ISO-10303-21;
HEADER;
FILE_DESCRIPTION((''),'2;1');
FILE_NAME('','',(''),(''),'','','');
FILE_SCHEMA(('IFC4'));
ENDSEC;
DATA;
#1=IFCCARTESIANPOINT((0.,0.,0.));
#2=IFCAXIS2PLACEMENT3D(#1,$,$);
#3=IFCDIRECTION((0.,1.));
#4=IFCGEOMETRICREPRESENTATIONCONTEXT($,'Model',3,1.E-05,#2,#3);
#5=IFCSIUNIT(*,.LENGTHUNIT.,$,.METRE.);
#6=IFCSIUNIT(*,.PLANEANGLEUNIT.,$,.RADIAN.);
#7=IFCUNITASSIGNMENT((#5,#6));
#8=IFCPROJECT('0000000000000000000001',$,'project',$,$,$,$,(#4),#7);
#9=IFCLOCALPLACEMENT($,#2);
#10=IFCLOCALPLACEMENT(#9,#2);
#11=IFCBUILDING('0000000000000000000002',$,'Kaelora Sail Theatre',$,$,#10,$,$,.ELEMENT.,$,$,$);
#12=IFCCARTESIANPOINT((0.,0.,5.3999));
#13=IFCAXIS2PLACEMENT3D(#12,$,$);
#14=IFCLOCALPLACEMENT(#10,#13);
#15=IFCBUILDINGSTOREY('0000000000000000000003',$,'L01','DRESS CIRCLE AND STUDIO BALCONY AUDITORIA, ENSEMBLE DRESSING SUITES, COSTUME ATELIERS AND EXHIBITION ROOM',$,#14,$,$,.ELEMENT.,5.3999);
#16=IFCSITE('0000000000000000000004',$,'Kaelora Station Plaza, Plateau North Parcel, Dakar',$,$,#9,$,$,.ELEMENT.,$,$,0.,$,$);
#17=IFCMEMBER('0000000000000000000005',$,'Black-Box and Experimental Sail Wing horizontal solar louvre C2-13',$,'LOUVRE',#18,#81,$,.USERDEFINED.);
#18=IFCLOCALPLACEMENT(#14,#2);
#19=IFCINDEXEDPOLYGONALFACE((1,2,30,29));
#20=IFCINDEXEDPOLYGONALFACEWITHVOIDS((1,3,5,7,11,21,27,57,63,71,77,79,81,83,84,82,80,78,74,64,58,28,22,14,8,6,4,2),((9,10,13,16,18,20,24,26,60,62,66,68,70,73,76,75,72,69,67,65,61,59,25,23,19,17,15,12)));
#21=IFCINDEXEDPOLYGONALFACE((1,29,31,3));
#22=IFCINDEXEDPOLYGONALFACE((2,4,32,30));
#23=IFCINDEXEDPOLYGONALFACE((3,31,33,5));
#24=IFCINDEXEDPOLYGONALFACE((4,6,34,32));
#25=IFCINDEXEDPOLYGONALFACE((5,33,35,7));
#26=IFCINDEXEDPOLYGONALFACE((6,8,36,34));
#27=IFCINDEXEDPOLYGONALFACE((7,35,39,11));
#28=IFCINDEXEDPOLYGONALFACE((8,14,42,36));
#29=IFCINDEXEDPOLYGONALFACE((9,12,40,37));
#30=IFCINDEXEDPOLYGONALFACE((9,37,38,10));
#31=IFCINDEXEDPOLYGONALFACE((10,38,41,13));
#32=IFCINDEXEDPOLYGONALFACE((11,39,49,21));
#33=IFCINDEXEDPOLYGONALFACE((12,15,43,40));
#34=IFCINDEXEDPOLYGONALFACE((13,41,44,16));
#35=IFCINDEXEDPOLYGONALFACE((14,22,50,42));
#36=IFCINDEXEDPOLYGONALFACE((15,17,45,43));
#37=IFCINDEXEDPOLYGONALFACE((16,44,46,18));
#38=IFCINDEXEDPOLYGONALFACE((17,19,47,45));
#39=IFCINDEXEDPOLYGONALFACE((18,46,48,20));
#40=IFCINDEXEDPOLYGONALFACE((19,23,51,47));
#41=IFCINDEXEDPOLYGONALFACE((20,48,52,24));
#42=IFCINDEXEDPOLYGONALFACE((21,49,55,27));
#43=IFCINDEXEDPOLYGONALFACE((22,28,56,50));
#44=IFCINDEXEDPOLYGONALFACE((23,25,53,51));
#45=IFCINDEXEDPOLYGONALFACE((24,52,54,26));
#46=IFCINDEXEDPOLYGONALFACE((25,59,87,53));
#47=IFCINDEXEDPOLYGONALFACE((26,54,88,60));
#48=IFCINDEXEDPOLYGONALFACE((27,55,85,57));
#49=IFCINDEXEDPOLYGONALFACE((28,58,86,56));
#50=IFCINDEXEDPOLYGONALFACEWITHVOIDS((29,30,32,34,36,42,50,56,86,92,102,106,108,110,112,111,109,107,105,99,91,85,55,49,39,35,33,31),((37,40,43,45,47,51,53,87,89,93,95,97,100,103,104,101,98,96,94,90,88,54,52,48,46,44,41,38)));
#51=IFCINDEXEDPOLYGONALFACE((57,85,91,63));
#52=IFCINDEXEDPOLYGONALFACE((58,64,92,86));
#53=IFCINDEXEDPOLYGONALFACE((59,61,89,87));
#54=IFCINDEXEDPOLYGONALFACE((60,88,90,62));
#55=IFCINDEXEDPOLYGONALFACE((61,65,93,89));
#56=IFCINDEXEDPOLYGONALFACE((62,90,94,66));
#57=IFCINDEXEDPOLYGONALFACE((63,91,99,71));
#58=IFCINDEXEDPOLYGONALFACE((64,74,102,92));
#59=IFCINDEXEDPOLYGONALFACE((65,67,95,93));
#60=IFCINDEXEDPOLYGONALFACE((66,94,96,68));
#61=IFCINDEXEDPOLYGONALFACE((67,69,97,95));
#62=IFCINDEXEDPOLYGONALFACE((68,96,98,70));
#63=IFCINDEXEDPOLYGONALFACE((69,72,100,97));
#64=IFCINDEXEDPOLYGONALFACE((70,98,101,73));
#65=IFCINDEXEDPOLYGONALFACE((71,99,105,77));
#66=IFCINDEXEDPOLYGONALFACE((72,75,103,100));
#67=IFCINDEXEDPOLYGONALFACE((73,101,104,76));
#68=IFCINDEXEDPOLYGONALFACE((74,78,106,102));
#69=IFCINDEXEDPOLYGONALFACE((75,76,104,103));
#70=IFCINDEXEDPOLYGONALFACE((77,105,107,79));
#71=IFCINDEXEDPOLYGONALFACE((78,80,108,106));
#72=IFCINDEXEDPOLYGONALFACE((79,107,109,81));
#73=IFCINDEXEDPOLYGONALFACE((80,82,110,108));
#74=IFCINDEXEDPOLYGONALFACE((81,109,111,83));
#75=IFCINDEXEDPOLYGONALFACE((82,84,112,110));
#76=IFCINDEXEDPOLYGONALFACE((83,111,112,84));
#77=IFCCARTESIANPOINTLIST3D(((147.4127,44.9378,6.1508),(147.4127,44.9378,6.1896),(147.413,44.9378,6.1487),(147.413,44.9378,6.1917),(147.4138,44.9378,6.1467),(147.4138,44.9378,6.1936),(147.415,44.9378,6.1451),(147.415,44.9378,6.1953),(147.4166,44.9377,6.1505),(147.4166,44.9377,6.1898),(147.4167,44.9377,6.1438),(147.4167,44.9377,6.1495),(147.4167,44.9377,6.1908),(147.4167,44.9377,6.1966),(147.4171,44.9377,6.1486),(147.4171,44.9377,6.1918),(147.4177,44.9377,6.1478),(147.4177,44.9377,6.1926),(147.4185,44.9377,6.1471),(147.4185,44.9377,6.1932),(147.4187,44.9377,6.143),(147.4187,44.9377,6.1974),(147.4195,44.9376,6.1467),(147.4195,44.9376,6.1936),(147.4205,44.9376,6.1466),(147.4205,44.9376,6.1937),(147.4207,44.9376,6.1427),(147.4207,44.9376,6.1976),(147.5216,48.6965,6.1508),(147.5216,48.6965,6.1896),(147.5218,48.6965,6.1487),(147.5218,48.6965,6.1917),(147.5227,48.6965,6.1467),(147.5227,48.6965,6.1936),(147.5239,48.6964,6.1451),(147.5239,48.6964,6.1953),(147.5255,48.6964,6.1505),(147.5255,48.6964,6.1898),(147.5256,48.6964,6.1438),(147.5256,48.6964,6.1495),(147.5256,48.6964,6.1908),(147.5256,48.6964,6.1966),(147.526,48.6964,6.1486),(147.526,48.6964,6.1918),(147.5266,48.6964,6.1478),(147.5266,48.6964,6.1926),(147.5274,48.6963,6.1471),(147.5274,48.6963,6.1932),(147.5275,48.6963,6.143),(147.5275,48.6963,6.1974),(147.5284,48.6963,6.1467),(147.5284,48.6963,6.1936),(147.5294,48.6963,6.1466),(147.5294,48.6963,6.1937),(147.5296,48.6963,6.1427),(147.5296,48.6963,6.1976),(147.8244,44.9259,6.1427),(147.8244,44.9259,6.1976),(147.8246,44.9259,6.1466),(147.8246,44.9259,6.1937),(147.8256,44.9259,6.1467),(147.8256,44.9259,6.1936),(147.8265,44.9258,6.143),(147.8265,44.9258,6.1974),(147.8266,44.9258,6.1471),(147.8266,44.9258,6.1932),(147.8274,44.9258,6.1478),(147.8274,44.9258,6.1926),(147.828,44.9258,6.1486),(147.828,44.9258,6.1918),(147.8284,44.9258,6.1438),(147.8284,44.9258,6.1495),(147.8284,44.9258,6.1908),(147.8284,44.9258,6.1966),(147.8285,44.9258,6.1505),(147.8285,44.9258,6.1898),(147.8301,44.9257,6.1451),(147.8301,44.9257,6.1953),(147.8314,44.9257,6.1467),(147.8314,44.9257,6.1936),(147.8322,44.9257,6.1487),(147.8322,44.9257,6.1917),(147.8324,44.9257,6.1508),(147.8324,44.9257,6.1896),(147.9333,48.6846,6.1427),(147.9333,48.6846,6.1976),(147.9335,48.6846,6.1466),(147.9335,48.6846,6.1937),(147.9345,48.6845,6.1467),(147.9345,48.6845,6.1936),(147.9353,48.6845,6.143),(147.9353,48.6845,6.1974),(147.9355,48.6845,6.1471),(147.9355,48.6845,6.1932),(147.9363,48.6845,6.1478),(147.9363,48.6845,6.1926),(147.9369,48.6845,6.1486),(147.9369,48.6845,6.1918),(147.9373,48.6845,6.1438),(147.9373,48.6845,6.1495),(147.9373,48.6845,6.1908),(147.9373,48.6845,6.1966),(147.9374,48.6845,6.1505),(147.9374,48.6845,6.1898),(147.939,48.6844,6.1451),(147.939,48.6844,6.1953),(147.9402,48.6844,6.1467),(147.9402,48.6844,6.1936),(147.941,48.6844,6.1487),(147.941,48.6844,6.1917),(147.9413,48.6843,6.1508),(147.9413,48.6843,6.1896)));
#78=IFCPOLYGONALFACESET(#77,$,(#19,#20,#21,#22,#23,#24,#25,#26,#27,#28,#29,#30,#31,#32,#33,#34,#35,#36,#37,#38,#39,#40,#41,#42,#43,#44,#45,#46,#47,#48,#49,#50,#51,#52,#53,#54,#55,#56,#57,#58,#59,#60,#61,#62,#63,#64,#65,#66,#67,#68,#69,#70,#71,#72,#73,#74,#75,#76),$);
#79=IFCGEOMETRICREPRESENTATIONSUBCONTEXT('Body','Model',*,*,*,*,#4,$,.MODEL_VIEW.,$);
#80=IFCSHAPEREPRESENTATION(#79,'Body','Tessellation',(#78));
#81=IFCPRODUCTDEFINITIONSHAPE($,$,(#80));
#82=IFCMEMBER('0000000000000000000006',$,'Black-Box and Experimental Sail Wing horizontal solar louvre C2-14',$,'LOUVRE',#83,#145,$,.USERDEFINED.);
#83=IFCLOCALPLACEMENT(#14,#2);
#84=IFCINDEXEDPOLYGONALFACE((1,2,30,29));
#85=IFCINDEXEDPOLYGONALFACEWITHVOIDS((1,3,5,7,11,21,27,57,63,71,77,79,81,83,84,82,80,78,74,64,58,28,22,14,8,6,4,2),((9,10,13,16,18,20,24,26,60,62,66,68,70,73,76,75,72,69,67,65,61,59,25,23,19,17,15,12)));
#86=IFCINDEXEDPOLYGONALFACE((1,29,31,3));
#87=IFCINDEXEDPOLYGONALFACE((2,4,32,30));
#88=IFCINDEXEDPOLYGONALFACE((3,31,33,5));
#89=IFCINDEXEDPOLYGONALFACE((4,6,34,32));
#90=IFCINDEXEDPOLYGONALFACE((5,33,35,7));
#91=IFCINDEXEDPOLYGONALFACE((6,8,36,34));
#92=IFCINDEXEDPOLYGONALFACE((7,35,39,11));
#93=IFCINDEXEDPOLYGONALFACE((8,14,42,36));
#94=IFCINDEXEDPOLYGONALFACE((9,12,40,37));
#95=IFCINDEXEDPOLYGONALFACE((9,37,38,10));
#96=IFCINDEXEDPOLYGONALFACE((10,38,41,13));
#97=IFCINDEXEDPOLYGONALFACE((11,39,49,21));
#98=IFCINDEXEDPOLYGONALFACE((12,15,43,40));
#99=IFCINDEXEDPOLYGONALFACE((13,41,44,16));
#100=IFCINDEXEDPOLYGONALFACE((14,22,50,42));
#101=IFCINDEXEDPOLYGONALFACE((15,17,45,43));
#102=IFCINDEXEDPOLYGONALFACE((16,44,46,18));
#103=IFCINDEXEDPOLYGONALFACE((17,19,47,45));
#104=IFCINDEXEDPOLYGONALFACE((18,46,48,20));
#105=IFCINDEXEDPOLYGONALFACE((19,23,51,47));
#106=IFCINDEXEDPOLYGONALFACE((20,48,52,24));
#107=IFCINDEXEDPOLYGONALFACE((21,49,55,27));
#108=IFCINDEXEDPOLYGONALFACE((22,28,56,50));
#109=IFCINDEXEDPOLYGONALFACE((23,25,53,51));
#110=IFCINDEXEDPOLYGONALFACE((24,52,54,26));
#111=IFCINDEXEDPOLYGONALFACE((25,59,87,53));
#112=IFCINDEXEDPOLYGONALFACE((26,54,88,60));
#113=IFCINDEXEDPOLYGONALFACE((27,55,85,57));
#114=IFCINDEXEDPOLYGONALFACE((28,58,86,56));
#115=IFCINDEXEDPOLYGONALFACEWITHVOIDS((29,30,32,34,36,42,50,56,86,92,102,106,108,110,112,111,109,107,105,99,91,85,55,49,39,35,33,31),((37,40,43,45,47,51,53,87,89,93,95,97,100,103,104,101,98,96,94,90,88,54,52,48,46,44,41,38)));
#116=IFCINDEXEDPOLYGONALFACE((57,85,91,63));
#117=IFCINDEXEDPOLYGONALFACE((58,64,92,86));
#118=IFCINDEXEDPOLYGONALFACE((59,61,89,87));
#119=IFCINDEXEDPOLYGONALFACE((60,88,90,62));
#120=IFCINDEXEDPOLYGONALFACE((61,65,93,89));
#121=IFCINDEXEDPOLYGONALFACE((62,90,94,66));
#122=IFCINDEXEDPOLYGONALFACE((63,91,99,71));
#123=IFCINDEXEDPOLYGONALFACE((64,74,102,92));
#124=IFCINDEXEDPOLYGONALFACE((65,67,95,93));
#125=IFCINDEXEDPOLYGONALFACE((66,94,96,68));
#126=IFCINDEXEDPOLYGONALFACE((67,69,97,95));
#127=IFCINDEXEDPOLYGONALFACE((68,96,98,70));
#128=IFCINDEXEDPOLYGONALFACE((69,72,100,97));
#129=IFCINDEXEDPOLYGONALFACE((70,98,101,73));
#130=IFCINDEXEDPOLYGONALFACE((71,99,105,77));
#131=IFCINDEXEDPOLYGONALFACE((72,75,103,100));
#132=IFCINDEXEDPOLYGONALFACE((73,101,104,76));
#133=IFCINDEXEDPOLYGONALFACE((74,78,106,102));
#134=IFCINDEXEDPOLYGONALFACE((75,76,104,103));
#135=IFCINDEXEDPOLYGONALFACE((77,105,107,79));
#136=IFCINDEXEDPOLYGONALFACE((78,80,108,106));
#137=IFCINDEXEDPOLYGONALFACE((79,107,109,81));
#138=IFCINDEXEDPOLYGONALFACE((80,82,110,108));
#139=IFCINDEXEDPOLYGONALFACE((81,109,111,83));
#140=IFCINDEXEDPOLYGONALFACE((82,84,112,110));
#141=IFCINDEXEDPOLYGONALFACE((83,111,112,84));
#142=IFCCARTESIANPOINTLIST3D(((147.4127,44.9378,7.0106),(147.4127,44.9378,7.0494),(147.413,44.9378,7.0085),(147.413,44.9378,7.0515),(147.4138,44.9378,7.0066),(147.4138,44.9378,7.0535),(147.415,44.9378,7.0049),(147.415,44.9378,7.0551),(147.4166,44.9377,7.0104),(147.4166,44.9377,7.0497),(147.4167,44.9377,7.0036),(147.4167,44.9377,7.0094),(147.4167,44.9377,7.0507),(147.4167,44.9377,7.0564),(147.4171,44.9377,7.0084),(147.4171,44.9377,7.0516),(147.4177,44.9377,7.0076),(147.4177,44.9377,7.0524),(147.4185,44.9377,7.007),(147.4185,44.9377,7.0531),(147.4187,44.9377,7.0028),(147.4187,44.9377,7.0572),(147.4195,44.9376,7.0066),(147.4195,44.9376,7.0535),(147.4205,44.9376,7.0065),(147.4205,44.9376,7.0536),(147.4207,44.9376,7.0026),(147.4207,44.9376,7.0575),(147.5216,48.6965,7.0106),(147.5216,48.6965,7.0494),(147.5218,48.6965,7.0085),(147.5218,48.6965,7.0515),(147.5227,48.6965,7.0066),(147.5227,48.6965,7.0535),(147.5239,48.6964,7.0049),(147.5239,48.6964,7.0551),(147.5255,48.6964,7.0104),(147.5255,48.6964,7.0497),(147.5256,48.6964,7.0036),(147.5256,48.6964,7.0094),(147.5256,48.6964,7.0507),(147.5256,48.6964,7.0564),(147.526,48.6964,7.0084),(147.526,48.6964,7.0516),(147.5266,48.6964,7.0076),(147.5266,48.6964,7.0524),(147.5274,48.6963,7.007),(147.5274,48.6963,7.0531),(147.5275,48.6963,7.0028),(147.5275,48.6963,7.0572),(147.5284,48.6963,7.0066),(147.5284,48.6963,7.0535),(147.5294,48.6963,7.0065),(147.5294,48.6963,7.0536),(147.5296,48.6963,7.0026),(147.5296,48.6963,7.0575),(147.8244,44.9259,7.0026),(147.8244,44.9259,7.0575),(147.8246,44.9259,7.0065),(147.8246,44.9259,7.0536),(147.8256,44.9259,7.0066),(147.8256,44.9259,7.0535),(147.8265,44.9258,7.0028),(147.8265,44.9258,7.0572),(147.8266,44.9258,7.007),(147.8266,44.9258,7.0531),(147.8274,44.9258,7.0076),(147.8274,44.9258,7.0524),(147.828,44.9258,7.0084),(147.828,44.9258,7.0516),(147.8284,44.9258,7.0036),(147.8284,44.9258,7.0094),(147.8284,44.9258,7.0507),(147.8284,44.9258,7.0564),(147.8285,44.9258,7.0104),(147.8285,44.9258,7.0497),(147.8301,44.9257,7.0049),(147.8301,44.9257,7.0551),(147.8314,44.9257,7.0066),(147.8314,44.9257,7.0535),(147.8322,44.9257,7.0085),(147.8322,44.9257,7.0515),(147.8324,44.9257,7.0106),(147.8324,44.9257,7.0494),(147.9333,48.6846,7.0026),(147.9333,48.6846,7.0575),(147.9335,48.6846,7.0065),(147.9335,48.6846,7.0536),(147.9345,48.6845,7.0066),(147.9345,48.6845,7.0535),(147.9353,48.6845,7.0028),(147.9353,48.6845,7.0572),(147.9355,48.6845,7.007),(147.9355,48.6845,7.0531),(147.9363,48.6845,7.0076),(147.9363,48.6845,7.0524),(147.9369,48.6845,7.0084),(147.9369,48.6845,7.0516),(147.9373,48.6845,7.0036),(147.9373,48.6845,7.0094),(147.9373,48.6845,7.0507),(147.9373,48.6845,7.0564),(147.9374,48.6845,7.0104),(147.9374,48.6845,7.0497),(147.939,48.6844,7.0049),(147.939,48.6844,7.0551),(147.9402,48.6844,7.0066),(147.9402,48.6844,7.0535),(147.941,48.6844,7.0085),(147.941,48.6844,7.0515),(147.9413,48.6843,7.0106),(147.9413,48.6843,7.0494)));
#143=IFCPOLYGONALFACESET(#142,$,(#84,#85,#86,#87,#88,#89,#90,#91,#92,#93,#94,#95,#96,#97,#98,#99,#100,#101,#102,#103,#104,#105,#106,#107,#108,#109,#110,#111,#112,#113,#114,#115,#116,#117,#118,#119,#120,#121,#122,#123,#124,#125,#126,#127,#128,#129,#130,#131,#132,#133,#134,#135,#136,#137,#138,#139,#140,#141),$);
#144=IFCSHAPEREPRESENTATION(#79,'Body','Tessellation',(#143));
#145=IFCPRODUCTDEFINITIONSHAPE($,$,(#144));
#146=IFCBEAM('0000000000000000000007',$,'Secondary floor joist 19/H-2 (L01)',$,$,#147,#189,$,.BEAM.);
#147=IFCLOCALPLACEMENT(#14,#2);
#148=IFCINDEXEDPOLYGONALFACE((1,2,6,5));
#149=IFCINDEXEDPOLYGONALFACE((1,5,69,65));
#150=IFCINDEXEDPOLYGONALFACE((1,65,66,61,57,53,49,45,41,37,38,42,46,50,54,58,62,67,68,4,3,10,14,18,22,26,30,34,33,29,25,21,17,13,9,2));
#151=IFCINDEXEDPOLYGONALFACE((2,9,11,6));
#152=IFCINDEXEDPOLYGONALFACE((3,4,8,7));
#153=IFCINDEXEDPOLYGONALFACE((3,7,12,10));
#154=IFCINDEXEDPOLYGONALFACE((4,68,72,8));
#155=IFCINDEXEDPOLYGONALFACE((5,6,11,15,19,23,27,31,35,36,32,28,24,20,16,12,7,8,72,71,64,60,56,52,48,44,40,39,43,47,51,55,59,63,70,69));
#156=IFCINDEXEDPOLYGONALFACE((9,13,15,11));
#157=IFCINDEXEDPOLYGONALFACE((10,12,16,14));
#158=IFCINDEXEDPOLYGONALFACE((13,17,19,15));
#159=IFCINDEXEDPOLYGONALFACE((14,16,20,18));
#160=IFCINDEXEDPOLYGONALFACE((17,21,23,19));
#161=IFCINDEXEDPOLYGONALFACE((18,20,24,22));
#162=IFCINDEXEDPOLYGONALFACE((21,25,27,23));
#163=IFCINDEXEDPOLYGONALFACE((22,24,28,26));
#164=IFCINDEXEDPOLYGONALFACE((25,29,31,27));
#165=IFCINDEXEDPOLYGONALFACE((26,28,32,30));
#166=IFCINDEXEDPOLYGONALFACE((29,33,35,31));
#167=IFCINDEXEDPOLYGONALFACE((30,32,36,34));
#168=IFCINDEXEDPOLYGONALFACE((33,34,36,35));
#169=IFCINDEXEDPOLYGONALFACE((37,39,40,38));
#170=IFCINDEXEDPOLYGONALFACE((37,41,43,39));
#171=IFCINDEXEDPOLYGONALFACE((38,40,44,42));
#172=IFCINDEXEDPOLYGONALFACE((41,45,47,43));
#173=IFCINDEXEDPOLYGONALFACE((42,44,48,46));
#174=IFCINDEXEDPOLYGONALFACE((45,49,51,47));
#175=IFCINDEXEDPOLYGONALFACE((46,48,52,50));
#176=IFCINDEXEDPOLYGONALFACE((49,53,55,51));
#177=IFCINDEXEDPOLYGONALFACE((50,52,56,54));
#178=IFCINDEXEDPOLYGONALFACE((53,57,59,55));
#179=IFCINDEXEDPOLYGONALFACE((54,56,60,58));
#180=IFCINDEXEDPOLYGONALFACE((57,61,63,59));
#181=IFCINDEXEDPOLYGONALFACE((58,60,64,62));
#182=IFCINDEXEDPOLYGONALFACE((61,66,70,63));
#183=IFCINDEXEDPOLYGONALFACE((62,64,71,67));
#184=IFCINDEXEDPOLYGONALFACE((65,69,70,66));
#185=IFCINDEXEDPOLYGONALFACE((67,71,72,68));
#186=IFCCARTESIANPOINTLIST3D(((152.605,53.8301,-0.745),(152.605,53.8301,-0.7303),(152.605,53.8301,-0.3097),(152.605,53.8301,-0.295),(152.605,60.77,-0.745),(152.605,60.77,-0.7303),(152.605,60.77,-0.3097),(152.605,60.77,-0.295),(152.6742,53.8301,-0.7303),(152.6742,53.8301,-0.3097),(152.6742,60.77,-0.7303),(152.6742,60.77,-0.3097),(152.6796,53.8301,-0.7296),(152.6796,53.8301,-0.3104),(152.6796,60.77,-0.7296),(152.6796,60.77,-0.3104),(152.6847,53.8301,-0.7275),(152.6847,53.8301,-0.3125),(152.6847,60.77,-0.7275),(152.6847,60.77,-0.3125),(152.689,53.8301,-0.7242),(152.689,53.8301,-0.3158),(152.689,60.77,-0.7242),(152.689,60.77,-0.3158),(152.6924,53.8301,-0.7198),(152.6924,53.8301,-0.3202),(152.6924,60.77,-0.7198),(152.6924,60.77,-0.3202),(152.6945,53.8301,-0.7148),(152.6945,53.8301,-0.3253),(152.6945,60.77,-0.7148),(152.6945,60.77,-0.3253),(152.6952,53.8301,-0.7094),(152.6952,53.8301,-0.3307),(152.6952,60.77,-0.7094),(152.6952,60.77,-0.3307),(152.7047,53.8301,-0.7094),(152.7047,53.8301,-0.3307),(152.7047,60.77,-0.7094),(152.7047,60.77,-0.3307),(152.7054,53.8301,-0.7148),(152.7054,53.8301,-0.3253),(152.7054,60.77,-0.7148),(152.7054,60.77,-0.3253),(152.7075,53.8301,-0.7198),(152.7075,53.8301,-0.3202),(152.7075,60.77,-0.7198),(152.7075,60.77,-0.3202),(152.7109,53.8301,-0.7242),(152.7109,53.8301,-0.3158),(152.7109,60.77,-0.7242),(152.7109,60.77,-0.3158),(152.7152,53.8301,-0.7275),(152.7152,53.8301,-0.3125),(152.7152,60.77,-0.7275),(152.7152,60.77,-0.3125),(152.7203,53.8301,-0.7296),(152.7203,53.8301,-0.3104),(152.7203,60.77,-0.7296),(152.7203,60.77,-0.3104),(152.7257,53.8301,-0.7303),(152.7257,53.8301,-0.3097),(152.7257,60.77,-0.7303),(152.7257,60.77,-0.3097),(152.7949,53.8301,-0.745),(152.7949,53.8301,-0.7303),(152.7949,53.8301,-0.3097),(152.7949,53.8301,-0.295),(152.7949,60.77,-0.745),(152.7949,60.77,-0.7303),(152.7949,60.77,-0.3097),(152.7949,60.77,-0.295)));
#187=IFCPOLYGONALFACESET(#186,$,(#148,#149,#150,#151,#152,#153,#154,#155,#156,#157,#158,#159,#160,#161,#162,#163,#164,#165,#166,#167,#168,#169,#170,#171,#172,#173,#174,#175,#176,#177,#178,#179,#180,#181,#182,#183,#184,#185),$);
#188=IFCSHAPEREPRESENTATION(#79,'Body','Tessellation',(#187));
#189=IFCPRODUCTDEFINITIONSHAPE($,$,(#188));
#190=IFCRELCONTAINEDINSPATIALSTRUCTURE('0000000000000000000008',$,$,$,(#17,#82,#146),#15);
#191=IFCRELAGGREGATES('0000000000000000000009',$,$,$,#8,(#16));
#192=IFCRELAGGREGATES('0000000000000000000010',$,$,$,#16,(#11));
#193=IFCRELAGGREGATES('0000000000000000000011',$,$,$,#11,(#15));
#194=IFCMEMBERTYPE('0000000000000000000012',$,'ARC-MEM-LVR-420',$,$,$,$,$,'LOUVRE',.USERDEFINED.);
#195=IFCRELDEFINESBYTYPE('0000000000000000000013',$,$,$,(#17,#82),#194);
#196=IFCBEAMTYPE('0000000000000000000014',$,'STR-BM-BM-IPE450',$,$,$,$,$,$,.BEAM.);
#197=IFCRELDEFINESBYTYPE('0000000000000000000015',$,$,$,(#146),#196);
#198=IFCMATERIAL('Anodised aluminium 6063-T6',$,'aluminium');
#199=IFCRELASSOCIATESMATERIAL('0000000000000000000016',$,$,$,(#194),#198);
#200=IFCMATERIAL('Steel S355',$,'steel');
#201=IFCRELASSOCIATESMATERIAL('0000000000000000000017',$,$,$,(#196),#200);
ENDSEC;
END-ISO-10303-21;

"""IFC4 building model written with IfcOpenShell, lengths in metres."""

from ifc_helpers import new_model, si_unit, direction, frame, origin, origin_2d, place, context, subcontext, project, spatial, hollow_rectangle, i_section, extrude, material, material_profile, profile_set, type_object, element, save


model = new_model("IFC4")

# Units and contexts
model_context = context("Model", 3, precision=1e-05, world=origin(), true_north=direction((0.0, 1.0)))
body_context = subcontext(model_context, "Body", "Model", "MODEL_VIEW")
ifc_project = project(units=[si_unit("LENGTHUNIT", "METRE"), si_unit("PLANEANGLEUNIT", "RADIAN")], contexts=[model_context])

# Site, building, storey
site_placement = place(None, origin())
site = spatial("IfcSite", under=ifc_project, at=site_placement, Name="Kaelora Station Plaza, Plateau North Parcel, Dakar", CompositionType="ELEMENT", RefElevation=0.0)
building_placement = place(site_placement, origin())
building = spatial("IfcBuilding", under=site, at=building_placement, Name="Kaelora Sail Theatre", CompositionType="ELEMENT")
storey_placement = place(building_placement, frame((0.0, 0.0, 5.3999)))
storey = spatial("IfcBuildingStorey", under=building, at=storey_placement, Name="L01", Description="DRESS CIRCLE AND STUDIO BALCONY AUDITORIA, ENSEMBLE DRESSING SUITES, COSTUME ATELIERS AND EXHIBITION ROOM", CompositionType="ELEMENT", Elevation=5.3999)

# Members
ifc_material_1 = material(Name="Anodised aluminium 6063-T6", Category="aluminium")
ifc_material_profile_1 = material_profile(ifc_material_1, hollow_rectangle(XDim=0.4199, YDim=0.0549, WallThickness=0.0039, InnerFilletRadius=0.0039, OuterFilletRadius=0.0081, at=origin_2d()), Name="LOUVRE 420x55x4")
ifc_profile_set_1 = profile_set([ifc_material_profile_1], Name="Anodised aluminium 6063-T6")
member_type = type_object("IfcMemberType", Name="ARC-MEM-LVR-420", ElementType="LOUVRE", PredefinedType="USERDEFINED", material=ifc_profile_set_1)
for number, where, z_axis, x_axis, name in (
    (1, (147.7314, 48.6904, 6.1702), (-0.028956, -0.999581, 0.0), (0.999581, -0.028956, 0.0), "Black-Box and Experimental Sail Wing horizontal solar louvre C2-13"),
    (2, (147.7314, 48.6904, 7.03), (-0.028956, -0.999581, 0.0), (0.999581, -0.028956, 0.0), "Black-Box and Experimental Sail Wing horizontal solar louvre C2-14"),
):
    element("IfcMember", number, at=place(storey_placement, frame(where, z_axis=z_axis, x_axis=x_axis)), inside=storey, type_object=member_type, Name=name, ObjectType="LOUVRE", PredefinedType="USERDEFINED", context=body_context, shape_type="SweptSolid", body=[
        extrude(hollow_rectangle(XDim=0.4199, YDim=0.0549, WallThickness=0.0039, InnerFilletRadius=0.0039, OuterFilletRadius=0.0081, at=origin_2d()), origin(), (0.0, 0.0, 1.0), 3.7603),
    ])

# Beam
ifc_material_2 = material(Name="Steel S355", Category="steel")
ifc_material_profile_2 = material_profile(ifc_material_2, i_section(OverallWidth=0.1899, OverallDepth=0.45, WebThickness=0.0095, FlangeThickness=0.0146, FilletRadius=0.021, at=origin_2d()), Name="IPE 450")
ifc_profile_set_2 = profile_set([ifc_material_profile_2], Name="Steel S355")
beam_type_1 = type_object("IfcBeamType", Name="STR-BM-BM-IPE450", PredefinedType="BEAM", material=ifc_profile_set_2)
beam_1_placement = place(storey_placement, frame((152.7, 53.8301, -0.52), z_axis=(0.0, 1.0, 0.0), x_axis=(-1.0, 0.0, 0.0)))
element("IfcBeam", 3, at=beam_1_placement, inside=storey, type_object=beam_type_1, Name="Secondary floor joist 19/H-2 (L01)", PredefinedType="BEAM", context=body_context, shape_type="SweptSolid", body=[
    extrude(i_section(OverallWidth=0.1899, OverallDepth=0.45, WebThickness=0.0095, FlangeThickness=0.0146, FilletRadius=0.021, at=origin_2d()), origin(), (0.0, 0.0, 1.0), 6.9399),
])

save(model, "model.ifc")
